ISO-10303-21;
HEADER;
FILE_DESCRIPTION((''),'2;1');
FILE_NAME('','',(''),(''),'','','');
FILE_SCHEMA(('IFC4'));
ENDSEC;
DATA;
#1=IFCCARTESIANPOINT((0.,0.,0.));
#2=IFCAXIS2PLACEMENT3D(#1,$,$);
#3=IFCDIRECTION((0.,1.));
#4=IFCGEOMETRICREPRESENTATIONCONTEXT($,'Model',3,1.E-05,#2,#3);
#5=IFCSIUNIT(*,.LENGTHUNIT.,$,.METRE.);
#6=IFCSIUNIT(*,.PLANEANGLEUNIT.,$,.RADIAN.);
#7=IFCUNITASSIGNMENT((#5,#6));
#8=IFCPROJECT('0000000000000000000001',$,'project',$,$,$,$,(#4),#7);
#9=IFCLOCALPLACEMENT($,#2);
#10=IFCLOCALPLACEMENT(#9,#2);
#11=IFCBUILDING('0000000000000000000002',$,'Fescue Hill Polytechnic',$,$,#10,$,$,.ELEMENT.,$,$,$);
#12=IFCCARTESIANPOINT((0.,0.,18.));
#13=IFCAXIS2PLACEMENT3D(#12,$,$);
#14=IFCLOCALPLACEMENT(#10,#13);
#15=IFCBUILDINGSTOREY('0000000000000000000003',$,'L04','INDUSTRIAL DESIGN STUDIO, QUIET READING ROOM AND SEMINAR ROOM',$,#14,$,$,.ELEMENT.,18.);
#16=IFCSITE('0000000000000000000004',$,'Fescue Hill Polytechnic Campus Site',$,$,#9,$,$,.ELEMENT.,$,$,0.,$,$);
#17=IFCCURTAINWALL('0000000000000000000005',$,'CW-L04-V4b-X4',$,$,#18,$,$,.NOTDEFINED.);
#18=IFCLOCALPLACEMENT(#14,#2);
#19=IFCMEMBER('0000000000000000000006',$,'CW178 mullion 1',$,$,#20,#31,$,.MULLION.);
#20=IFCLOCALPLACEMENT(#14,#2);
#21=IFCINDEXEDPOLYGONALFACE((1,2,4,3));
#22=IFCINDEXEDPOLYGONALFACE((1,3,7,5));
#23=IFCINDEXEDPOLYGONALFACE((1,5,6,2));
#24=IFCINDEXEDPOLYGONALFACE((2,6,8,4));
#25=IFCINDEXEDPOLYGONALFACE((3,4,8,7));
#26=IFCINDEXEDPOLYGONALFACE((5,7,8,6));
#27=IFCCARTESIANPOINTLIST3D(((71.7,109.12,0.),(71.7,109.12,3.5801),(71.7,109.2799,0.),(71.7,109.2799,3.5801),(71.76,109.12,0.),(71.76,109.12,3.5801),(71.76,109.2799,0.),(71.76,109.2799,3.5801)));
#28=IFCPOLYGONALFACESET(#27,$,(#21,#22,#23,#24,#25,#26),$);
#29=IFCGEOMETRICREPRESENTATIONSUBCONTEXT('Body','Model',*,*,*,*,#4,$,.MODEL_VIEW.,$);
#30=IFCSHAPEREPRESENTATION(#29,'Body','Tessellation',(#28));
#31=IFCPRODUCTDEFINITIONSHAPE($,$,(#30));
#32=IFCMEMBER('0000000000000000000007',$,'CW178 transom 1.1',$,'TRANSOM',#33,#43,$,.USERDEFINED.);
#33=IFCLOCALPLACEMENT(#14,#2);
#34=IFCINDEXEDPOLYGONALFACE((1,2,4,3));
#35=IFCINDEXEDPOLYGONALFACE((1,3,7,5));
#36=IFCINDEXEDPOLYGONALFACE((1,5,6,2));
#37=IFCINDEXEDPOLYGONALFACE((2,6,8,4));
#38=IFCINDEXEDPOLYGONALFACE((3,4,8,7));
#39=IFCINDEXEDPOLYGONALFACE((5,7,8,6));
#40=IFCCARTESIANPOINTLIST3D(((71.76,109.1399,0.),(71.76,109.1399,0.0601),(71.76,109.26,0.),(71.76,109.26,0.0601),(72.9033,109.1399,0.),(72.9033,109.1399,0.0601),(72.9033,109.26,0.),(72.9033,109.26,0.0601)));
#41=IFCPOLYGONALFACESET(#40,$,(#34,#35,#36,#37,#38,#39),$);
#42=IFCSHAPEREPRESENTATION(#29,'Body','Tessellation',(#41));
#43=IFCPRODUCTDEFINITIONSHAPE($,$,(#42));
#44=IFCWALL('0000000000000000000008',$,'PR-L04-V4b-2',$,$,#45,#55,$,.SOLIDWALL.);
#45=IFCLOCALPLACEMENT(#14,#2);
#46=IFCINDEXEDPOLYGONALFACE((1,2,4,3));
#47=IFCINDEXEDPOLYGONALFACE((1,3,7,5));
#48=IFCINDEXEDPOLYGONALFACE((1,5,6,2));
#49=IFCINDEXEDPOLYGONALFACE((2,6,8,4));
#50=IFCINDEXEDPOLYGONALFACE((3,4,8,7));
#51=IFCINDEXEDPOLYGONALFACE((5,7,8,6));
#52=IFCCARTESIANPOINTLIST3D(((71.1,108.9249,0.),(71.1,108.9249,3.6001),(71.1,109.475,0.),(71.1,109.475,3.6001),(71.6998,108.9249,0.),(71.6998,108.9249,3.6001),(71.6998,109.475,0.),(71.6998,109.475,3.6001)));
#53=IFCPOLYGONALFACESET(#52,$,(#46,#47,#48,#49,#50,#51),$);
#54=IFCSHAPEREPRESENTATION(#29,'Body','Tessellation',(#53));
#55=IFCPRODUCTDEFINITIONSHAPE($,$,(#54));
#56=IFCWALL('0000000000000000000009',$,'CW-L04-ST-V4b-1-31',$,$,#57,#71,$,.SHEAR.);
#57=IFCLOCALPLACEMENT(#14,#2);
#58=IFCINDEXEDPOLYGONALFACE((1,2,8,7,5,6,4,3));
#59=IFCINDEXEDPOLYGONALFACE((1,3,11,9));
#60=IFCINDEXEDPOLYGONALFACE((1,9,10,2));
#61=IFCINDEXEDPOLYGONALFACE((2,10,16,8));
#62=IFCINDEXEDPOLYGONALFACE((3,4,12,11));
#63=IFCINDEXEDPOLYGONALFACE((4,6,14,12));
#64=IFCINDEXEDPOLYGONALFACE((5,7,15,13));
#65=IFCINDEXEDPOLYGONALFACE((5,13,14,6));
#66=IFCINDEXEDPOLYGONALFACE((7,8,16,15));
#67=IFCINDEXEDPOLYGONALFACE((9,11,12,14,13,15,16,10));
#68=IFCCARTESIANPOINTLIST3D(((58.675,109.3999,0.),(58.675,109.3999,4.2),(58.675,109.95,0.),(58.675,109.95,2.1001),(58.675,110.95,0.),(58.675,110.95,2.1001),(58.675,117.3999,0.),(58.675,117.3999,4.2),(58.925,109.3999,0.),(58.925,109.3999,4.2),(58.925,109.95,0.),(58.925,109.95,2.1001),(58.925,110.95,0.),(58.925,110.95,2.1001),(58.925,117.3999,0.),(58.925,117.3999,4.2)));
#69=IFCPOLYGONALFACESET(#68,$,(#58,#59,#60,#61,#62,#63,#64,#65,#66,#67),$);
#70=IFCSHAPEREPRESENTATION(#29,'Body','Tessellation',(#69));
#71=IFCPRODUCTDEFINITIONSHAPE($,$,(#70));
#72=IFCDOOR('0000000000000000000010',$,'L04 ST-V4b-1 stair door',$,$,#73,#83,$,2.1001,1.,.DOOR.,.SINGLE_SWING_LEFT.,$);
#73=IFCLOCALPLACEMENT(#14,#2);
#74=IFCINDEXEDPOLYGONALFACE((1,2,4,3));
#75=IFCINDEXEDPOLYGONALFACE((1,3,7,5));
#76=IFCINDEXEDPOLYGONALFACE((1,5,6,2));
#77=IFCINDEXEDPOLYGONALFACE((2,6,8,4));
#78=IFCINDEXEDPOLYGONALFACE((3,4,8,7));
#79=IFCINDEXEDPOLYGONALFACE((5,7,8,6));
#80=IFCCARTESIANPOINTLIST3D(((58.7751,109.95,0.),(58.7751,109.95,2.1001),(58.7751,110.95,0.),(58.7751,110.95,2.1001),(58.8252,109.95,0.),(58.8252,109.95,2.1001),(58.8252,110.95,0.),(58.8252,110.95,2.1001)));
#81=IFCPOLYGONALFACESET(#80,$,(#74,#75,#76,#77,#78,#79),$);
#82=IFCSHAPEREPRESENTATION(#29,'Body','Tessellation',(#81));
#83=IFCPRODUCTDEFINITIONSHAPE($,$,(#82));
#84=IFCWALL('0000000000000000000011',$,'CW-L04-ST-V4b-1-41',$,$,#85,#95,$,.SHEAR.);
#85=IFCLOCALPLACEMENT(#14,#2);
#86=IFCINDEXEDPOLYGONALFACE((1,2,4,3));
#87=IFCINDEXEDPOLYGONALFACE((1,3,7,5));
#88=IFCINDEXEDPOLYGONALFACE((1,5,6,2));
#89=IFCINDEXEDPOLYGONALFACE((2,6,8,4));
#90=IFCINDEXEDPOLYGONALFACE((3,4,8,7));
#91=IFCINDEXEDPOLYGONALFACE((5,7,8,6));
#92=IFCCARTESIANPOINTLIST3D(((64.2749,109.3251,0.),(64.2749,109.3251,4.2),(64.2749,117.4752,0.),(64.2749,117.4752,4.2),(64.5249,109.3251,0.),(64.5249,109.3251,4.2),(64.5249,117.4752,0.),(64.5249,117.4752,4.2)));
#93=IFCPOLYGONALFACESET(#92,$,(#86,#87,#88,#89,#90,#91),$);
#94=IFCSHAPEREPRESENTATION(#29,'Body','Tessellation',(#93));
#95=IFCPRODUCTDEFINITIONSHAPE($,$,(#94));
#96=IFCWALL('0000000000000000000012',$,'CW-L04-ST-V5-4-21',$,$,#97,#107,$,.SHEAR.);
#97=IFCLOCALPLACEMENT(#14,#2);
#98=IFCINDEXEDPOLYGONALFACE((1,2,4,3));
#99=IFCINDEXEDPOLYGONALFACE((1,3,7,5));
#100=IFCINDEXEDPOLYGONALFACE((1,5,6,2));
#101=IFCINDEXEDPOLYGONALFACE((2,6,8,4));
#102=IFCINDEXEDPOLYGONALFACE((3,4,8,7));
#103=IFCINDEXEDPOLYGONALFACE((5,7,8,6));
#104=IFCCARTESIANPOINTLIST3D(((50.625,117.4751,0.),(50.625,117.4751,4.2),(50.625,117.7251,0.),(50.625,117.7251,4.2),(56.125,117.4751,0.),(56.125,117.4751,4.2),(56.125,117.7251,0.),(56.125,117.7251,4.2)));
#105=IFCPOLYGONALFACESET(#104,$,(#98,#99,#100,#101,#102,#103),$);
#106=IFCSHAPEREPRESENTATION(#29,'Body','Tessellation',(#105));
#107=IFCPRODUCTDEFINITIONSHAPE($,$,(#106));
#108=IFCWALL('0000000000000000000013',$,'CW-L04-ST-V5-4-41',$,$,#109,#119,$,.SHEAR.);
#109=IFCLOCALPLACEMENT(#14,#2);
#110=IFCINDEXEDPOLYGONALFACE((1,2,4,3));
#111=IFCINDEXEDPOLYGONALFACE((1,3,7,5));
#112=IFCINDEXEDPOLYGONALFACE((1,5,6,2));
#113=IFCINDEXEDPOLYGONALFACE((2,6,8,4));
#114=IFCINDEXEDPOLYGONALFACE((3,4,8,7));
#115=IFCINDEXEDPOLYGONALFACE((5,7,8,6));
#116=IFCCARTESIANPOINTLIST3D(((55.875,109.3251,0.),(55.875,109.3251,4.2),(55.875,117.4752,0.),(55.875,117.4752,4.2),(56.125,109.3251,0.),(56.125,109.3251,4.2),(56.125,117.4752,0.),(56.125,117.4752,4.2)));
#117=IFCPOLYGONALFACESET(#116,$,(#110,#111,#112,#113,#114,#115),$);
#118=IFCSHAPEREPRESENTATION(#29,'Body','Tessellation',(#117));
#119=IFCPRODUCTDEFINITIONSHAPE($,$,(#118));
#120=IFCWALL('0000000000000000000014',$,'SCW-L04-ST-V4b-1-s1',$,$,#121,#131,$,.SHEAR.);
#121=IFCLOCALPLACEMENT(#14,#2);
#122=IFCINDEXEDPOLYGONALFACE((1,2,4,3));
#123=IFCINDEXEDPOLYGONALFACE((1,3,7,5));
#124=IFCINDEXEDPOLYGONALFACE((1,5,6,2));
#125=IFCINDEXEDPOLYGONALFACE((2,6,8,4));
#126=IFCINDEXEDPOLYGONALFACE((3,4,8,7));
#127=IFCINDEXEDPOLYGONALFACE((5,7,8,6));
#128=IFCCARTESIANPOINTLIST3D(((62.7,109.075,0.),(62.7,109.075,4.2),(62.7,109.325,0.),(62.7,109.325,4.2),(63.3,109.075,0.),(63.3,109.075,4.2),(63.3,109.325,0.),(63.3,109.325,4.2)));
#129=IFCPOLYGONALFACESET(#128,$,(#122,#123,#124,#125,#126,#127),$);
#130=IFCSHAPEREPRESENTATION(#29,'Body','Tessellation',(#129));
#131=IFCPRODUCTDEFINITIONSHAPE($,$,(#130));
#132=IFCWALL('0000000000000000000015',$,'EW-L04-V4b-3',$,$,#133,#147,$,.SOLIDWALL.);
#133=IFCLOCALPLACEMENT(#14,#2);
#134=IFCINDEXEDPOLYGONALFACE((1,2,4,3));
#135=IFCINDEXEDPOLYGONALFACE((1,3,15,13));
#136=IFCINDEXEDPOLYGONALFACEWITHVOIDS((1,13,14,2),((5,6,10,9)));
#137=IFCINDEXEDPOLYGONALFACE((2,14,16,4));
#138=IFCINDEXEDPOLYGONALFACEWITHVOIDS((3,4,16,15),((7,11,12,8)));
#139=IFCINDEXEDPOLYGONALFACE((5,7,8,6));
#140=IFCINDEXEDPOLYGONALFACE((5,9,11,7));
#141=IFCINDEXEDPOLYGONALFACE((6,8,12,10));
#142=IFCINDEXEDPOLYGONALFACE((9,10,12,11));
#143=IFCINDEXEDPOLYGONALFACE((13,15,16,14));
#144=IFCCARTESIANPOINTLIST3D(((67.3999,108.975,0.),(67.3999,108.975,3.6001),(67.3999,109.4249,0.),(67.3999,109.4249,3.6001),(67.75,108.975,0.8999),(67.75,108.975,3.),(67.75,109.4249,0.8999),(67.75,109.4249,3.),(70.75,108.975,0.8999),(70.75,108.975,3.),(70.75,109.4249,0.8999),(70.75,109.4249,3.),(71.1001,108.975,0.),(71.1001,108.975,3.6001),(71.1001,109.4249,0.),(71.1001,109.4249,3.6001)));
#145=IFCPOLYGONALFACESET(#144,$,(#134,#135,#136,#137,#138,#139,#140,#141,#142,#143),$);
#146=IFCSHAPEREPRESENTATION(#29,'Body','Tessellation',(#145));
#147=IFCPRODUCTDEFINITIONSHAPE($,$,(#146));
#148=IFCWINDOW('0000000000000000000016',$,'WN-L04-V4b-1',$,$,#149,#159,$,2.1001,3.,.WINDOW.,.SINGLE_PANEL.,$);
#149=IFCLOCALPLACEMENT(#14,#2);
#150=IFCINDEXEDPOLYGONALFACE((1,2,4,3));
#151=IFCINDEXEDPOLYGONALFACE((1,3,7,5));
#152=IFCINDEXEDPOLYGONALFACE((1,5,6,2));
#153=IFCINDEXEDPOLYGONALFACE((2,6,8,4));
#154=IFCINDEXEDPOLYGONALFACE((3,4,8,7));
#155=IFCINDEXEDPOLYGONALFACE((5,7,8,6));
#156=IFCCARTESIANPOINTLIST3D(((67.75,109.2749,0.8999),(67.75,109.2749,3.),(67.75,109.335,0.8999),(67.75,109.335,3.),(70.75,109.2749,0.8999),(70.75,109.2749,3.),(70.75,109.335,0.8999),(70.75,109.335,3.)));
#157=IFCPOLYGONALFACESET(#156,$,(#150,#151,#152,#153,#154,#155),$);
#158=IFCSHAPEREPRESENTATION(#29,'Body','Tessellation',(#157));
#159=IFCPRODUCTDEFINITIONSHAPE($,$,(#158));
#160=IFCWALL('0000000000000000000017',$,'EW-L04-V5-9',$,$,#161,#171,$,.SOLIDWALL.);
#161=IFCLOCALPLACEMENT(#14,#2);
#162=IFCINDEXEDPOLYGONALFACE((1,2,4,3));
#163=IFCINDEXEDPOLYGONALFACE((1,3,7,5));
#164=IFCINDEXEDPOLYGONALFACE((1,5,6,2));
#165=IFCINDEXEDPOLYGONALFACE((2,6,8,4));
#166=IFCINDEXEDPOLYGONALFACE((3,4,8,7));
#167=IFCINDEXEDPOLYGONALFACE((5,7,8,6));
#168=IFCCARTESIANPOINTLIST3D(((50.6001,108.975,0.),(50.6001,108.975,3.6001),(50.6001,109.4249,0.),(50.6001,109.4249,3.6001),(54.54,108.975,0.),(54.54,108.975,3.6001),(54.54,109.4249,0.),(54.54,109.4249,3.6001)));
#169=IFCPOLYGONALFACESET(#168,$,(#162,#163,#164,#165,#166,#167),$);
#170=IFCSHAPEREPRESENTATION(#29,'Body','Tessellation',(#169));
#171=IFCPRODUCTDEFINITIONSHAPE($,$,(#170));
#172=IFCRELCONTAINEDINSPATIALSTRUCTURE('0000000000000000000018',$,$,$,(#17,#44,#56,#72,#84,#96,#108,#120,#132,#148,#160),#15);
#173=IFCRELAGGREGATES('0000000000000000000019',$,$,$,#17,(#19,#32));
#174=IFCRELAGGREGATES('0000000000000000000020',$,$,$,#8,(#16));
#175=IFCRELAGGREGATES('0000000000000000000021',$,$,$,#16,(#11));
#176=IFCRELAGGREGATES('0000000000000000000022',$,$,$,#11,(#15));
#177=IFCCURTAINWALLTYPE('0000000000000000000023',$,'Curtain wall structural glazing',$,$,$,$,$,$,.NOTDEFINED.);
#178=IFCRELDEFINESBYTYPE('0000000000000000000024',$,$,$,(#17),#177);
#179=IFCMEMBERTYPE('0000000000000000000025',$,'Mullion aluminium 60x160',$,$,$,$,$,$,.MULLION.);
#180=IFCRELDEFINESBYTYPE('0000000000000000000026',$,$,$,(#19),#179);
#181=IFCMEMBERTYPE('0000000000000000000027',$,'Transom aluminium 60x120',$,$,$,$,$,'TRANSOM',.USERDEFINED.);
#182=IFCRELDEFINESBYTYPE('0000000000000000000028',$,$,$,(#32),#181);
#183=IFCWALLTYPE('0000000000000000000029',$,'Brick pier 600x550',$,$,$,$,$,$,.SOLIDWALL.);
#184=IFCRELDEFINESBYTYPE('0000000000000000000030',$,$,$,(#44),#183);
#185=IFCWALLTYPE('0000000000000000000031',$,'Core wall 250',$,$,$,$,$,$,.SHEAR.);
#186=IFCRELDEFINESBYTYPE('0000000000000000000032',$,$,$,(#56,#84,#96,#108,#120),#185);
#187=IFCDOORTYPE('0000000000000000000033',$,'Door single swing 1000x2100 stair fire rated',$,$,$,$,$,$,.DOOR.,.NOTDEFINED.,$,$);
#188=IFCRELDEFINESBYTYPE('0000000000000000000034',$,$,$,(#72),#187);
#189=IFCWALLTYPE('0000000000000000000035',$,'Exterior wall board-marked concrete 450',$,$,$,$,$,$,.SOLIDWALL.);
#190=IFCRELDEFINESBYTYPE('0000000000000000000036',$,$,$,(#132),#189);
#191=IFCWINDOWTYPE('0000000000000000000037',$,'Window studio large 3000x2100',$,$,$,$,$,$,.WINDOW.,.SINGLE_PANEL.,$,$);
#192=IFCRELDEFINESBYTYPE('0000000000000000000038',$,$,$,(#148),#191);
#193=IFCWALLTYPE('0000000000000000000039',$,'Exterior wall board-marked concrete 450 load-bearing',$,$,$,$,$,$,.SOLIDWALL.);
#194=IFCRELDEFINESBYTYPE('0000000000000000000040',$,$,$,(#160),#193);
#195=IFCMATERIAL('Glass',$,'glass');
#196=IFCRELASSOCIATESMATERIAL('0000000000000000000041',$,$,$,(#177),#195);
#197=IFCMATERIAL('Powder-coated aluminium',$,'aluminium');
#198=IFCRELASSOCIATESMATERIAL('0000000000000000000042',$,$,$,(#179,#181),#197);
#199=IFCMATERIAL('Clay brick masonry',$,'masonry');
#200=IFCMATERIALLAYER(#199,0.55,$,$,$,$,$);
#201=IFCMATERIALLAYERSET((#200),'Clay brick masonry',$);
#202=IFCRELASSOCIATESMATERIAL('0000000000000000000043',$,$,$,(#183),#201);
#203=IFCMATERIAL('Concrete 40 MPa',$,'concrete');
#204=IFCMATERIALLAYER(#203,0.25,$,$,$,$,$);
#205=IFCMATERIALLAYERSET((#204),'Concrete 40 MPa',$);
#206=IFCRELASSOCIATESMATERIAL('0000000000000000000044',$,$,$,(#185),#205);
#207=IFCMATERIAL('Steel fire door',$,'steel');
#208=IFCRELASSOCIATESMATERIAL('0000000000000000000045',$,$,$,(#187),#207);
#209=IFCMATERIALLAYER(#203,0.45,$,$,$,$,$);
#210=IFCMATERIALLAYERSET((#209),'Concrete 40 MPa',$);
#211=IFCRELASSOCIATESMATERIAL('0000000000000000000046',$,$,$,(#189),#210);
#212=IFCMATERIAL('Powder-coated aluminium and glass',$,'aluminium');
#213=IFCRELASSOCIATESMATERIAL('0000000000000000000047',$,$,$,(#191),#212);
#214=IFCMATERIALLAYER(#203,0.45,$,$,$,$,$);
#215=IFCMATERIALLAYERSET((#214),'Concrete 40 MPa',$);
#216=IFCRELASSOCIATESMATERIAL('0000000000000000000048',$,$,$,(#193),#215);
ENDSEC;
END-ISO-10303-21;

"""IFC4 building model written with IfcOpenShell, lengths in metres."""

from ifc_helpers import new_model, si_unit, direction, frame, frame_2d, origin, origin_2d, place, context, subcontext, project, spatial, rectangle, extrude, material, layer, layer_set, material_profile, profile_set, type_object, element, fill, aggregate, save


model = new_model("IFC4")

# Units and contexts
model_context = context("Model", 3, precision=1e-05, world=origin(), true_north=direction((0.0, 1.0)))
body_context = subcontext(model_context, "Body", "Model", "MODEL_VIEW")
ifc_project = project(units=[si_unit("LENGTHUNIT", "METRE"), si_unit("PLANEANGLEUNIT", "RADIAN")], contexts=[model_context])

# Site, building, storey
site_placement = place(None, origin())
site = spatial("IfcSite", under=ifc_project, at=site_placement, Name="Fescue Hill Polytechnic Campus Site", CompositionType="ELEMENT", RefElevation=0.0)
building_placement = place(site_placement, origin())
building = spatial("IfcBuilding", under=site, at=building_placement, Name="Fescue Hill Polytechnic", CompositionType="ELEMENT")
storey_placement = place(building_placement, frame((0.0, 0.0, 18.0)))
storey = spatial("IfcBuildingStorey", under=building, at=storey_placement, Name="L04", Description="INDUSTRIAL DESIGN STUDIO, QUIET READING ROOM AND SEMINAR ROOM", CompositionType="ELEMENT", Elevation=18.0)

# Shared definitions
ifc_material_1 = material(Name="Concrete 40 MPa", Category="concrete")

# Curtain wall, members
ifc_material_2 = material(Name="Glass", Category="glass")
curtain_wall_type = type_object("IfcCurtainWallType", Name="Curtain wall structural glazing", PredefinedType="NOTDEFINED", material=ifc_material_2)
curtain_wall_placement = place(storey_placement, origin())
curtain_wall = element("IfcCurtainWall", 1, at=curtain_wall_placement, inside=storey, type_object=curtain_wall_type, Name="CW-L04-V4b-X4", PredefinedType="NOTDEFINED")
ifc_material_3 = material(Name="Powder-coated aluminium", Category="aluminium")
ifc_material_profile_1 = material_profile(ifc_material_3, rectangle(XDim=0.1599, YDim=0.0601, at=origin_2d()), Name="Mullion aluminium 60x160")
ifc_profile_set_1 = profile_set([ifc_material_profile_1], Name="Powder-coated aluminium")
member_type_1 = type_object("IfcMemberType", Name="Mullion aluminium 60x160", PredefinedType="MULLION", material=ifc_profile_set_1)
member_1_placement = place(storey_placement, frame((71.73, 109.2, 0.0), z_axis=(0.0, 0.0, 1.0), x_axis=(0.0, 1.0, 0.0)))
member_1 = element("IfcMember", 2, at=member_1_placement, type_object=member_type_1, Name="CW178 mullion 1", PredefinedType="MULLION", context=body_context, shape_type="SweptSolid", body=[
    extrude(rectangle(XDim=0.1599, YDim=0.0601, at=origin_2d()), origin(), (0.0, 0.0, 1.0), 3.5801),
])
ifc_material_profile_2 = material_profile(ifc_material_3, rectangle(XDim=0.1201, YDim=0.0601, at=origin_2d()), Name="Transom aluminium 60x120")
ifc_profile_set_2 = profile_set([ifc_material_profile_2], Name="Powder-coated aluminium")
member_type_2 = type_object("IfcMemberType", Name="Transom aluminium 60x120", ElementType="TRANSOM", PredefinedType="USERDEFINED", material=ifc_profile_set_2)
member_2_placement = place(storey_placement, frame((71.76, 109.2, 0.03), z_axis=(1.0, 0.0, 0.0), x_axis=(0.0, 1.0, 0.0)))
member_2 = element("IfcMember", 3, at=member_2_placement, type_object=member_type_2, Name="CW178 transom 1.1", ObjectType="TRANSOM", PredefinedType="USERDEFINED", context=body_context, shape_type="SweptSolid", body=[
    extrude(rectangle(XDim=0.1201, YDim=0.0601, at=origin_2d()), origin(), (0.0, 0.0, 1.0), 1.1433),
])
aggregate(curtain_wall, [member_1, member_2])

# Wall
ifc_material_4 = material(Name="Clay brick masonry", Category="masonry")
ifc_layer_1 = layer(ifc_material_4, 0.55)
ifc_layer_set_1 = layer_set([ifc_layer_1], Name="Clay brick masonry")
wall_type_1 = type_object("IfcWallType", Name="Brick pier 600x550", PredefinedType="SOLIDWALL", material=ifc_layer_set_1)
wall_1_placement = place(storey_placement, frame((71.1001, 109.2, 0.0), z_axis=(0.0, 0.0, 1.0), x_axis=(1.0, 0.0, 0.0)))
element("IfcWall", 4, at=wall_1_placement, inside=storey, type_object=wall_type_1, Name="PR-L04-V4b-2", PredefinedType="SOLIDWALL", context=body_context, shape_type="SweptSolid", body=[
    extrude(rectangle(XDim=0.5999, YDim=0.55, at=frame_2d((0.2998, 0.0))), origin(), (0.0, 0.0, 1.0), 3.6001),
])

# Wall, opening, door
ifc_layer_2 = layer(ifc_material_1, 0.25)
ifc_layer_set_2 = layer_set([ifc_layer_2], Name="Concrete 40 MPa")
wall_type_2 = type_object("IfcWallType", Name="Core wall 250", PredefinedType="SHEAR", material=ifc_layer_set_2)
wall_2_placement = place(storey_placement, frame((58.8, 109.3999, 0.0), z_axis=(0.0, 0.0, 1.0), x_axis=(0.0, 1.0, 0.0)))
wall_2 = element("IfcWall", 5, at=wall_2_placement, inside=storey, type_object=wall_type_2, Name="CW-L04-ST-V4b-1-31", PredefinedType="SHEAR", context=body_context, shape_type="SweptSolid", body=[
    extrude(rectangle(XDim=8.0, YDim=0.25, at=frame_2d((4.0, 0.0))), origin(), (0.0, 0.0, 1.0), 4.2),
])
opening_1_placement = place(wall_2_placement, frame((0.55, 0.0, 0.0)))
opening_1 = element("IfcOpeningElement", 6, at=opening_1_placement, cuts=wall_2, PredefinedType="OPENING", context=body_context, shape_type="SweptSolid", body=[
    extrude(rectangle(XDim=1.0, YDim=2.1001, at=frame_2d((0.5, 1.05))), frame((0.0, 0.135, 0.0), z_axis=(0.0, -1.0, 0.0), x_axis=(1.0, 0.0, 0.0)), (0.0, 0.0, 1.0), 0.27),
])
ifc_material_5 = material(Name="Steel fire door", Category="steel")
door_type_1 = type_object("IfcDoorType", Name="Door single swing 1000x2100 stair fire rated", OperationType="NOTDEFINED", PredefinedType="DOOR", material=ifc_material_5)
door_1_placement = place(opening_1_placement, origin())
door_1 = element("IfcDoor", 7, at=door_1_placement, inside=storey, type_object=door_type_1, Name="L04 ST-V4b-1 stair door", OperationType="SINGLE_SWING_LEFT", OverallHeight=2.1001, OverallWidth=1.0, PredefinedType="DOOR", context=body_context, shape_type="SweptSolid", body=[
    extrude(rectangle(XDim=1.0, YDim=2.1001, at=frame_2d((0.5, 1.05))), frame((0.0, 0.0249, 0.0), z_axis=(0.0, -1.0, 0.0), x_axis=(1.0, 0.0, 0.0)), (0.0, 0.0, 1.0), 0.05),
])
fill(opening_1, door_1)

# Walls
wall_3_placement = place(storey_placement, frame((64.3999, 109.325, 0.0), z_axis=(0.0, 0.0, 1.0), x_axis=(0.0, 1.0, 0.0)))
element("IfcWall", 8, at=wall_3_placement, inside=storey, type_object=wall_type_2, Name="CW-L04-ST-V4b-1-41", PredefinedType="SHEAR", context=body_context, shape_type="SweptSolid", body=[
    extrude(rectangle(XDim=8.1501, YDim=0.25, at=frame_2d((4.0752, 0.0))), origin(), (0.0, 0.0, 1.0), 4.2),
])
wall_4_placement = place(storey_placement, frame((50.625, 117.6001, 0.0), z_axis=(0.0, 0.0, 1.0), x_axis=(1.0, 0.0, 0.0)))
element("IfcWall", 9, at=wall_4_placement, inside=storey, type_object=wall_type_2, Name="CW-L04-ST-V5-4-21", PredefinedType="SHEAR", context=body_context, shape_type="SweptSolid", body=[
    extrude(rectangle(XDim=5.5, YDim=0.25, at=frame_2d((2.75, 0.0))), origin(), (0.0, 0.0, 1.0), 4.2),
])
wall_5_placement = place(storey_placement, frame((56.0, 109.325, 0.0), z_axis=(0.0, 0.0, 1.0), x_axis=(0.0, 1.0, 0.0)))
element("IfcWall", 10, at=wall_5_placement, inside=storey, type_object=wall_type_2, Name="CW-L04-ST-V5-4-41", PredefinedType="SHEAR", context=body_context, shape_type="SweptSolid", body=[
    extrude(rectangle(XDim=8.1501, YDim=0.25, at=frame_2d((4.0752, 0.0))), origin(), (0.0, 0.0, 1.0), 4.2),
])
wall_6_placement = place(storey_placement, frame((62.7, 109.2, 0.0), z_axis=(0.0, 0.0, 1.0), x_axis=(1.0, 0.0, 0.0)))
element("IfcWall", 11, at=wall_6_placement, inside=storey, type_object=wall_type_2, Name="SCW-L04-ST-V4b-1-s1", PredefinedType="SHEAR", context=body_context, shape_type="SweptSolid", body=[
    extrude(rectangle(XDim=0.6001, YDim=0.25, at=frame_2d((0.3, 0.0))), origin(), (0.0, 0.0, 1.0), 4.2),
])

# Wall, opening, window
ifc_layer_3 = layer(ifc_material_1, 0.45)
ifc_layer_set_3 = layer_set([ifc_layer_3], Name="Concrete 40 MPa")
wall_type_3 = type_object("IfcWallType", Name="Exterior wall board-marked concrete 450", PredefinedType="SOLIDWALL", material=ifc_layer_set_3)
wall_7_placement = place(storey_placement, frame((67.3999, 109.2, 0.0), z_axis=(0.0, 0.0, 1.0), x_axis=(1.0, 0.0, 0.0)))
wall_7 = element("IfcWall", 12, at=wall_7_placement, inside=storey, type_object=wall_type_3, Name="EW-L04-V4b-3", PredefinedType="SOLIDWALL", context=body_context, shape_type="SweptSolid", body=[
    extrude(rectangle(XDim=3.7002, YDim=0.45, at=frame_2d((1.8501, 0.0))), origin(), (0.0, 0.0, 1.0), 3.6001),
])
opening_2_placement = place(wall_7_placement, frame((0.3501, 0.0, 0.8999)))
opening_2 = element("IfcOpeningElement", 13, at=opening_2_placement, cuts=wall_7, PredefinedType="OPENING", context=body_context, shape_type="SweptSolid", body=[
    extrude(rectangle(XDim=3.0, YDim=2.1001, at=frame_2d((1.5, 1.05))), frame((0.0, 0.2349, 0.0), z_axis=(0.0, -1.0, 0.0), x_axis=(1.0, 0.0, 0.0)), (0.0, 0.0, 1.0), 0.47),
])
ifc_material_6 = material(Name="Powder-coated aluminium and glass", Category="aluminium")
window_type = type_object("IfcWindowType", Name="Window studio large 3000x2100", PartitioningType="SINGLE_PANEL", PredefinedType="WINDOW", material=ifc_material_6)
window_placement = place(opening_2_placement, origin())
window = element("IfcWindow", 14, at=window_placement, inside=storey, type_object=window_type, Name="WN-L04-V4b-1", OverallHeight=2.1001, OverallWidth=3.0, PartitioningType="SINGLE_PANEL", PredefinedType="WINDOW", context=body_context, shape_type="SweptSolid", body=[
    extrude(rectangle(XDim=3.0, YDim=2.1001, at=frame_2d((1.5, 1.05))), frame((0.0, 0.135, 0.0), z_axis=(0.0, -1.0, 0.0), x_axis=(1.0, 0.0, 0.0)), (0.0, 0.0, 1.0), 0.0601),
])
fill(opening_2, window)

# Wall
ifc_layer_4 = layer(ifc_material_1, 0.45)
ifc_layer_set_4 = layer_set([ifc_layer_4], Name="Concrete 40 MPa")
wall_type_4 = type_object("IfcWallType", Name="Exterior wall board-marked concrete 450 load-bearing", PredefinedType="SOLIDWALL", material=ifc_layer_set_4)
wall_8_placement = place(storey_placement, frame((50.6001, 109.2, 0.0), z_axis=(0.0, 0.0, 1.0), x_axis=(1.0, 0.0, 0.0)))
element("IfcWall", 15, at=wall_8_placement, inside=storey, type_object=wall_type_4, Name="EW-L04-V5-9", PredefinedType="SOLIDWALL", context=body_context, shape_type="SweptSolid", body=[
    extrude(rectangle(XDim=3.9399, YDim=0.45, at=frame_2d((1.97, 0.0))), origin(), (0.0, 0.0, 1.0), 3.6001),
])

save(model, "model.ifc")
